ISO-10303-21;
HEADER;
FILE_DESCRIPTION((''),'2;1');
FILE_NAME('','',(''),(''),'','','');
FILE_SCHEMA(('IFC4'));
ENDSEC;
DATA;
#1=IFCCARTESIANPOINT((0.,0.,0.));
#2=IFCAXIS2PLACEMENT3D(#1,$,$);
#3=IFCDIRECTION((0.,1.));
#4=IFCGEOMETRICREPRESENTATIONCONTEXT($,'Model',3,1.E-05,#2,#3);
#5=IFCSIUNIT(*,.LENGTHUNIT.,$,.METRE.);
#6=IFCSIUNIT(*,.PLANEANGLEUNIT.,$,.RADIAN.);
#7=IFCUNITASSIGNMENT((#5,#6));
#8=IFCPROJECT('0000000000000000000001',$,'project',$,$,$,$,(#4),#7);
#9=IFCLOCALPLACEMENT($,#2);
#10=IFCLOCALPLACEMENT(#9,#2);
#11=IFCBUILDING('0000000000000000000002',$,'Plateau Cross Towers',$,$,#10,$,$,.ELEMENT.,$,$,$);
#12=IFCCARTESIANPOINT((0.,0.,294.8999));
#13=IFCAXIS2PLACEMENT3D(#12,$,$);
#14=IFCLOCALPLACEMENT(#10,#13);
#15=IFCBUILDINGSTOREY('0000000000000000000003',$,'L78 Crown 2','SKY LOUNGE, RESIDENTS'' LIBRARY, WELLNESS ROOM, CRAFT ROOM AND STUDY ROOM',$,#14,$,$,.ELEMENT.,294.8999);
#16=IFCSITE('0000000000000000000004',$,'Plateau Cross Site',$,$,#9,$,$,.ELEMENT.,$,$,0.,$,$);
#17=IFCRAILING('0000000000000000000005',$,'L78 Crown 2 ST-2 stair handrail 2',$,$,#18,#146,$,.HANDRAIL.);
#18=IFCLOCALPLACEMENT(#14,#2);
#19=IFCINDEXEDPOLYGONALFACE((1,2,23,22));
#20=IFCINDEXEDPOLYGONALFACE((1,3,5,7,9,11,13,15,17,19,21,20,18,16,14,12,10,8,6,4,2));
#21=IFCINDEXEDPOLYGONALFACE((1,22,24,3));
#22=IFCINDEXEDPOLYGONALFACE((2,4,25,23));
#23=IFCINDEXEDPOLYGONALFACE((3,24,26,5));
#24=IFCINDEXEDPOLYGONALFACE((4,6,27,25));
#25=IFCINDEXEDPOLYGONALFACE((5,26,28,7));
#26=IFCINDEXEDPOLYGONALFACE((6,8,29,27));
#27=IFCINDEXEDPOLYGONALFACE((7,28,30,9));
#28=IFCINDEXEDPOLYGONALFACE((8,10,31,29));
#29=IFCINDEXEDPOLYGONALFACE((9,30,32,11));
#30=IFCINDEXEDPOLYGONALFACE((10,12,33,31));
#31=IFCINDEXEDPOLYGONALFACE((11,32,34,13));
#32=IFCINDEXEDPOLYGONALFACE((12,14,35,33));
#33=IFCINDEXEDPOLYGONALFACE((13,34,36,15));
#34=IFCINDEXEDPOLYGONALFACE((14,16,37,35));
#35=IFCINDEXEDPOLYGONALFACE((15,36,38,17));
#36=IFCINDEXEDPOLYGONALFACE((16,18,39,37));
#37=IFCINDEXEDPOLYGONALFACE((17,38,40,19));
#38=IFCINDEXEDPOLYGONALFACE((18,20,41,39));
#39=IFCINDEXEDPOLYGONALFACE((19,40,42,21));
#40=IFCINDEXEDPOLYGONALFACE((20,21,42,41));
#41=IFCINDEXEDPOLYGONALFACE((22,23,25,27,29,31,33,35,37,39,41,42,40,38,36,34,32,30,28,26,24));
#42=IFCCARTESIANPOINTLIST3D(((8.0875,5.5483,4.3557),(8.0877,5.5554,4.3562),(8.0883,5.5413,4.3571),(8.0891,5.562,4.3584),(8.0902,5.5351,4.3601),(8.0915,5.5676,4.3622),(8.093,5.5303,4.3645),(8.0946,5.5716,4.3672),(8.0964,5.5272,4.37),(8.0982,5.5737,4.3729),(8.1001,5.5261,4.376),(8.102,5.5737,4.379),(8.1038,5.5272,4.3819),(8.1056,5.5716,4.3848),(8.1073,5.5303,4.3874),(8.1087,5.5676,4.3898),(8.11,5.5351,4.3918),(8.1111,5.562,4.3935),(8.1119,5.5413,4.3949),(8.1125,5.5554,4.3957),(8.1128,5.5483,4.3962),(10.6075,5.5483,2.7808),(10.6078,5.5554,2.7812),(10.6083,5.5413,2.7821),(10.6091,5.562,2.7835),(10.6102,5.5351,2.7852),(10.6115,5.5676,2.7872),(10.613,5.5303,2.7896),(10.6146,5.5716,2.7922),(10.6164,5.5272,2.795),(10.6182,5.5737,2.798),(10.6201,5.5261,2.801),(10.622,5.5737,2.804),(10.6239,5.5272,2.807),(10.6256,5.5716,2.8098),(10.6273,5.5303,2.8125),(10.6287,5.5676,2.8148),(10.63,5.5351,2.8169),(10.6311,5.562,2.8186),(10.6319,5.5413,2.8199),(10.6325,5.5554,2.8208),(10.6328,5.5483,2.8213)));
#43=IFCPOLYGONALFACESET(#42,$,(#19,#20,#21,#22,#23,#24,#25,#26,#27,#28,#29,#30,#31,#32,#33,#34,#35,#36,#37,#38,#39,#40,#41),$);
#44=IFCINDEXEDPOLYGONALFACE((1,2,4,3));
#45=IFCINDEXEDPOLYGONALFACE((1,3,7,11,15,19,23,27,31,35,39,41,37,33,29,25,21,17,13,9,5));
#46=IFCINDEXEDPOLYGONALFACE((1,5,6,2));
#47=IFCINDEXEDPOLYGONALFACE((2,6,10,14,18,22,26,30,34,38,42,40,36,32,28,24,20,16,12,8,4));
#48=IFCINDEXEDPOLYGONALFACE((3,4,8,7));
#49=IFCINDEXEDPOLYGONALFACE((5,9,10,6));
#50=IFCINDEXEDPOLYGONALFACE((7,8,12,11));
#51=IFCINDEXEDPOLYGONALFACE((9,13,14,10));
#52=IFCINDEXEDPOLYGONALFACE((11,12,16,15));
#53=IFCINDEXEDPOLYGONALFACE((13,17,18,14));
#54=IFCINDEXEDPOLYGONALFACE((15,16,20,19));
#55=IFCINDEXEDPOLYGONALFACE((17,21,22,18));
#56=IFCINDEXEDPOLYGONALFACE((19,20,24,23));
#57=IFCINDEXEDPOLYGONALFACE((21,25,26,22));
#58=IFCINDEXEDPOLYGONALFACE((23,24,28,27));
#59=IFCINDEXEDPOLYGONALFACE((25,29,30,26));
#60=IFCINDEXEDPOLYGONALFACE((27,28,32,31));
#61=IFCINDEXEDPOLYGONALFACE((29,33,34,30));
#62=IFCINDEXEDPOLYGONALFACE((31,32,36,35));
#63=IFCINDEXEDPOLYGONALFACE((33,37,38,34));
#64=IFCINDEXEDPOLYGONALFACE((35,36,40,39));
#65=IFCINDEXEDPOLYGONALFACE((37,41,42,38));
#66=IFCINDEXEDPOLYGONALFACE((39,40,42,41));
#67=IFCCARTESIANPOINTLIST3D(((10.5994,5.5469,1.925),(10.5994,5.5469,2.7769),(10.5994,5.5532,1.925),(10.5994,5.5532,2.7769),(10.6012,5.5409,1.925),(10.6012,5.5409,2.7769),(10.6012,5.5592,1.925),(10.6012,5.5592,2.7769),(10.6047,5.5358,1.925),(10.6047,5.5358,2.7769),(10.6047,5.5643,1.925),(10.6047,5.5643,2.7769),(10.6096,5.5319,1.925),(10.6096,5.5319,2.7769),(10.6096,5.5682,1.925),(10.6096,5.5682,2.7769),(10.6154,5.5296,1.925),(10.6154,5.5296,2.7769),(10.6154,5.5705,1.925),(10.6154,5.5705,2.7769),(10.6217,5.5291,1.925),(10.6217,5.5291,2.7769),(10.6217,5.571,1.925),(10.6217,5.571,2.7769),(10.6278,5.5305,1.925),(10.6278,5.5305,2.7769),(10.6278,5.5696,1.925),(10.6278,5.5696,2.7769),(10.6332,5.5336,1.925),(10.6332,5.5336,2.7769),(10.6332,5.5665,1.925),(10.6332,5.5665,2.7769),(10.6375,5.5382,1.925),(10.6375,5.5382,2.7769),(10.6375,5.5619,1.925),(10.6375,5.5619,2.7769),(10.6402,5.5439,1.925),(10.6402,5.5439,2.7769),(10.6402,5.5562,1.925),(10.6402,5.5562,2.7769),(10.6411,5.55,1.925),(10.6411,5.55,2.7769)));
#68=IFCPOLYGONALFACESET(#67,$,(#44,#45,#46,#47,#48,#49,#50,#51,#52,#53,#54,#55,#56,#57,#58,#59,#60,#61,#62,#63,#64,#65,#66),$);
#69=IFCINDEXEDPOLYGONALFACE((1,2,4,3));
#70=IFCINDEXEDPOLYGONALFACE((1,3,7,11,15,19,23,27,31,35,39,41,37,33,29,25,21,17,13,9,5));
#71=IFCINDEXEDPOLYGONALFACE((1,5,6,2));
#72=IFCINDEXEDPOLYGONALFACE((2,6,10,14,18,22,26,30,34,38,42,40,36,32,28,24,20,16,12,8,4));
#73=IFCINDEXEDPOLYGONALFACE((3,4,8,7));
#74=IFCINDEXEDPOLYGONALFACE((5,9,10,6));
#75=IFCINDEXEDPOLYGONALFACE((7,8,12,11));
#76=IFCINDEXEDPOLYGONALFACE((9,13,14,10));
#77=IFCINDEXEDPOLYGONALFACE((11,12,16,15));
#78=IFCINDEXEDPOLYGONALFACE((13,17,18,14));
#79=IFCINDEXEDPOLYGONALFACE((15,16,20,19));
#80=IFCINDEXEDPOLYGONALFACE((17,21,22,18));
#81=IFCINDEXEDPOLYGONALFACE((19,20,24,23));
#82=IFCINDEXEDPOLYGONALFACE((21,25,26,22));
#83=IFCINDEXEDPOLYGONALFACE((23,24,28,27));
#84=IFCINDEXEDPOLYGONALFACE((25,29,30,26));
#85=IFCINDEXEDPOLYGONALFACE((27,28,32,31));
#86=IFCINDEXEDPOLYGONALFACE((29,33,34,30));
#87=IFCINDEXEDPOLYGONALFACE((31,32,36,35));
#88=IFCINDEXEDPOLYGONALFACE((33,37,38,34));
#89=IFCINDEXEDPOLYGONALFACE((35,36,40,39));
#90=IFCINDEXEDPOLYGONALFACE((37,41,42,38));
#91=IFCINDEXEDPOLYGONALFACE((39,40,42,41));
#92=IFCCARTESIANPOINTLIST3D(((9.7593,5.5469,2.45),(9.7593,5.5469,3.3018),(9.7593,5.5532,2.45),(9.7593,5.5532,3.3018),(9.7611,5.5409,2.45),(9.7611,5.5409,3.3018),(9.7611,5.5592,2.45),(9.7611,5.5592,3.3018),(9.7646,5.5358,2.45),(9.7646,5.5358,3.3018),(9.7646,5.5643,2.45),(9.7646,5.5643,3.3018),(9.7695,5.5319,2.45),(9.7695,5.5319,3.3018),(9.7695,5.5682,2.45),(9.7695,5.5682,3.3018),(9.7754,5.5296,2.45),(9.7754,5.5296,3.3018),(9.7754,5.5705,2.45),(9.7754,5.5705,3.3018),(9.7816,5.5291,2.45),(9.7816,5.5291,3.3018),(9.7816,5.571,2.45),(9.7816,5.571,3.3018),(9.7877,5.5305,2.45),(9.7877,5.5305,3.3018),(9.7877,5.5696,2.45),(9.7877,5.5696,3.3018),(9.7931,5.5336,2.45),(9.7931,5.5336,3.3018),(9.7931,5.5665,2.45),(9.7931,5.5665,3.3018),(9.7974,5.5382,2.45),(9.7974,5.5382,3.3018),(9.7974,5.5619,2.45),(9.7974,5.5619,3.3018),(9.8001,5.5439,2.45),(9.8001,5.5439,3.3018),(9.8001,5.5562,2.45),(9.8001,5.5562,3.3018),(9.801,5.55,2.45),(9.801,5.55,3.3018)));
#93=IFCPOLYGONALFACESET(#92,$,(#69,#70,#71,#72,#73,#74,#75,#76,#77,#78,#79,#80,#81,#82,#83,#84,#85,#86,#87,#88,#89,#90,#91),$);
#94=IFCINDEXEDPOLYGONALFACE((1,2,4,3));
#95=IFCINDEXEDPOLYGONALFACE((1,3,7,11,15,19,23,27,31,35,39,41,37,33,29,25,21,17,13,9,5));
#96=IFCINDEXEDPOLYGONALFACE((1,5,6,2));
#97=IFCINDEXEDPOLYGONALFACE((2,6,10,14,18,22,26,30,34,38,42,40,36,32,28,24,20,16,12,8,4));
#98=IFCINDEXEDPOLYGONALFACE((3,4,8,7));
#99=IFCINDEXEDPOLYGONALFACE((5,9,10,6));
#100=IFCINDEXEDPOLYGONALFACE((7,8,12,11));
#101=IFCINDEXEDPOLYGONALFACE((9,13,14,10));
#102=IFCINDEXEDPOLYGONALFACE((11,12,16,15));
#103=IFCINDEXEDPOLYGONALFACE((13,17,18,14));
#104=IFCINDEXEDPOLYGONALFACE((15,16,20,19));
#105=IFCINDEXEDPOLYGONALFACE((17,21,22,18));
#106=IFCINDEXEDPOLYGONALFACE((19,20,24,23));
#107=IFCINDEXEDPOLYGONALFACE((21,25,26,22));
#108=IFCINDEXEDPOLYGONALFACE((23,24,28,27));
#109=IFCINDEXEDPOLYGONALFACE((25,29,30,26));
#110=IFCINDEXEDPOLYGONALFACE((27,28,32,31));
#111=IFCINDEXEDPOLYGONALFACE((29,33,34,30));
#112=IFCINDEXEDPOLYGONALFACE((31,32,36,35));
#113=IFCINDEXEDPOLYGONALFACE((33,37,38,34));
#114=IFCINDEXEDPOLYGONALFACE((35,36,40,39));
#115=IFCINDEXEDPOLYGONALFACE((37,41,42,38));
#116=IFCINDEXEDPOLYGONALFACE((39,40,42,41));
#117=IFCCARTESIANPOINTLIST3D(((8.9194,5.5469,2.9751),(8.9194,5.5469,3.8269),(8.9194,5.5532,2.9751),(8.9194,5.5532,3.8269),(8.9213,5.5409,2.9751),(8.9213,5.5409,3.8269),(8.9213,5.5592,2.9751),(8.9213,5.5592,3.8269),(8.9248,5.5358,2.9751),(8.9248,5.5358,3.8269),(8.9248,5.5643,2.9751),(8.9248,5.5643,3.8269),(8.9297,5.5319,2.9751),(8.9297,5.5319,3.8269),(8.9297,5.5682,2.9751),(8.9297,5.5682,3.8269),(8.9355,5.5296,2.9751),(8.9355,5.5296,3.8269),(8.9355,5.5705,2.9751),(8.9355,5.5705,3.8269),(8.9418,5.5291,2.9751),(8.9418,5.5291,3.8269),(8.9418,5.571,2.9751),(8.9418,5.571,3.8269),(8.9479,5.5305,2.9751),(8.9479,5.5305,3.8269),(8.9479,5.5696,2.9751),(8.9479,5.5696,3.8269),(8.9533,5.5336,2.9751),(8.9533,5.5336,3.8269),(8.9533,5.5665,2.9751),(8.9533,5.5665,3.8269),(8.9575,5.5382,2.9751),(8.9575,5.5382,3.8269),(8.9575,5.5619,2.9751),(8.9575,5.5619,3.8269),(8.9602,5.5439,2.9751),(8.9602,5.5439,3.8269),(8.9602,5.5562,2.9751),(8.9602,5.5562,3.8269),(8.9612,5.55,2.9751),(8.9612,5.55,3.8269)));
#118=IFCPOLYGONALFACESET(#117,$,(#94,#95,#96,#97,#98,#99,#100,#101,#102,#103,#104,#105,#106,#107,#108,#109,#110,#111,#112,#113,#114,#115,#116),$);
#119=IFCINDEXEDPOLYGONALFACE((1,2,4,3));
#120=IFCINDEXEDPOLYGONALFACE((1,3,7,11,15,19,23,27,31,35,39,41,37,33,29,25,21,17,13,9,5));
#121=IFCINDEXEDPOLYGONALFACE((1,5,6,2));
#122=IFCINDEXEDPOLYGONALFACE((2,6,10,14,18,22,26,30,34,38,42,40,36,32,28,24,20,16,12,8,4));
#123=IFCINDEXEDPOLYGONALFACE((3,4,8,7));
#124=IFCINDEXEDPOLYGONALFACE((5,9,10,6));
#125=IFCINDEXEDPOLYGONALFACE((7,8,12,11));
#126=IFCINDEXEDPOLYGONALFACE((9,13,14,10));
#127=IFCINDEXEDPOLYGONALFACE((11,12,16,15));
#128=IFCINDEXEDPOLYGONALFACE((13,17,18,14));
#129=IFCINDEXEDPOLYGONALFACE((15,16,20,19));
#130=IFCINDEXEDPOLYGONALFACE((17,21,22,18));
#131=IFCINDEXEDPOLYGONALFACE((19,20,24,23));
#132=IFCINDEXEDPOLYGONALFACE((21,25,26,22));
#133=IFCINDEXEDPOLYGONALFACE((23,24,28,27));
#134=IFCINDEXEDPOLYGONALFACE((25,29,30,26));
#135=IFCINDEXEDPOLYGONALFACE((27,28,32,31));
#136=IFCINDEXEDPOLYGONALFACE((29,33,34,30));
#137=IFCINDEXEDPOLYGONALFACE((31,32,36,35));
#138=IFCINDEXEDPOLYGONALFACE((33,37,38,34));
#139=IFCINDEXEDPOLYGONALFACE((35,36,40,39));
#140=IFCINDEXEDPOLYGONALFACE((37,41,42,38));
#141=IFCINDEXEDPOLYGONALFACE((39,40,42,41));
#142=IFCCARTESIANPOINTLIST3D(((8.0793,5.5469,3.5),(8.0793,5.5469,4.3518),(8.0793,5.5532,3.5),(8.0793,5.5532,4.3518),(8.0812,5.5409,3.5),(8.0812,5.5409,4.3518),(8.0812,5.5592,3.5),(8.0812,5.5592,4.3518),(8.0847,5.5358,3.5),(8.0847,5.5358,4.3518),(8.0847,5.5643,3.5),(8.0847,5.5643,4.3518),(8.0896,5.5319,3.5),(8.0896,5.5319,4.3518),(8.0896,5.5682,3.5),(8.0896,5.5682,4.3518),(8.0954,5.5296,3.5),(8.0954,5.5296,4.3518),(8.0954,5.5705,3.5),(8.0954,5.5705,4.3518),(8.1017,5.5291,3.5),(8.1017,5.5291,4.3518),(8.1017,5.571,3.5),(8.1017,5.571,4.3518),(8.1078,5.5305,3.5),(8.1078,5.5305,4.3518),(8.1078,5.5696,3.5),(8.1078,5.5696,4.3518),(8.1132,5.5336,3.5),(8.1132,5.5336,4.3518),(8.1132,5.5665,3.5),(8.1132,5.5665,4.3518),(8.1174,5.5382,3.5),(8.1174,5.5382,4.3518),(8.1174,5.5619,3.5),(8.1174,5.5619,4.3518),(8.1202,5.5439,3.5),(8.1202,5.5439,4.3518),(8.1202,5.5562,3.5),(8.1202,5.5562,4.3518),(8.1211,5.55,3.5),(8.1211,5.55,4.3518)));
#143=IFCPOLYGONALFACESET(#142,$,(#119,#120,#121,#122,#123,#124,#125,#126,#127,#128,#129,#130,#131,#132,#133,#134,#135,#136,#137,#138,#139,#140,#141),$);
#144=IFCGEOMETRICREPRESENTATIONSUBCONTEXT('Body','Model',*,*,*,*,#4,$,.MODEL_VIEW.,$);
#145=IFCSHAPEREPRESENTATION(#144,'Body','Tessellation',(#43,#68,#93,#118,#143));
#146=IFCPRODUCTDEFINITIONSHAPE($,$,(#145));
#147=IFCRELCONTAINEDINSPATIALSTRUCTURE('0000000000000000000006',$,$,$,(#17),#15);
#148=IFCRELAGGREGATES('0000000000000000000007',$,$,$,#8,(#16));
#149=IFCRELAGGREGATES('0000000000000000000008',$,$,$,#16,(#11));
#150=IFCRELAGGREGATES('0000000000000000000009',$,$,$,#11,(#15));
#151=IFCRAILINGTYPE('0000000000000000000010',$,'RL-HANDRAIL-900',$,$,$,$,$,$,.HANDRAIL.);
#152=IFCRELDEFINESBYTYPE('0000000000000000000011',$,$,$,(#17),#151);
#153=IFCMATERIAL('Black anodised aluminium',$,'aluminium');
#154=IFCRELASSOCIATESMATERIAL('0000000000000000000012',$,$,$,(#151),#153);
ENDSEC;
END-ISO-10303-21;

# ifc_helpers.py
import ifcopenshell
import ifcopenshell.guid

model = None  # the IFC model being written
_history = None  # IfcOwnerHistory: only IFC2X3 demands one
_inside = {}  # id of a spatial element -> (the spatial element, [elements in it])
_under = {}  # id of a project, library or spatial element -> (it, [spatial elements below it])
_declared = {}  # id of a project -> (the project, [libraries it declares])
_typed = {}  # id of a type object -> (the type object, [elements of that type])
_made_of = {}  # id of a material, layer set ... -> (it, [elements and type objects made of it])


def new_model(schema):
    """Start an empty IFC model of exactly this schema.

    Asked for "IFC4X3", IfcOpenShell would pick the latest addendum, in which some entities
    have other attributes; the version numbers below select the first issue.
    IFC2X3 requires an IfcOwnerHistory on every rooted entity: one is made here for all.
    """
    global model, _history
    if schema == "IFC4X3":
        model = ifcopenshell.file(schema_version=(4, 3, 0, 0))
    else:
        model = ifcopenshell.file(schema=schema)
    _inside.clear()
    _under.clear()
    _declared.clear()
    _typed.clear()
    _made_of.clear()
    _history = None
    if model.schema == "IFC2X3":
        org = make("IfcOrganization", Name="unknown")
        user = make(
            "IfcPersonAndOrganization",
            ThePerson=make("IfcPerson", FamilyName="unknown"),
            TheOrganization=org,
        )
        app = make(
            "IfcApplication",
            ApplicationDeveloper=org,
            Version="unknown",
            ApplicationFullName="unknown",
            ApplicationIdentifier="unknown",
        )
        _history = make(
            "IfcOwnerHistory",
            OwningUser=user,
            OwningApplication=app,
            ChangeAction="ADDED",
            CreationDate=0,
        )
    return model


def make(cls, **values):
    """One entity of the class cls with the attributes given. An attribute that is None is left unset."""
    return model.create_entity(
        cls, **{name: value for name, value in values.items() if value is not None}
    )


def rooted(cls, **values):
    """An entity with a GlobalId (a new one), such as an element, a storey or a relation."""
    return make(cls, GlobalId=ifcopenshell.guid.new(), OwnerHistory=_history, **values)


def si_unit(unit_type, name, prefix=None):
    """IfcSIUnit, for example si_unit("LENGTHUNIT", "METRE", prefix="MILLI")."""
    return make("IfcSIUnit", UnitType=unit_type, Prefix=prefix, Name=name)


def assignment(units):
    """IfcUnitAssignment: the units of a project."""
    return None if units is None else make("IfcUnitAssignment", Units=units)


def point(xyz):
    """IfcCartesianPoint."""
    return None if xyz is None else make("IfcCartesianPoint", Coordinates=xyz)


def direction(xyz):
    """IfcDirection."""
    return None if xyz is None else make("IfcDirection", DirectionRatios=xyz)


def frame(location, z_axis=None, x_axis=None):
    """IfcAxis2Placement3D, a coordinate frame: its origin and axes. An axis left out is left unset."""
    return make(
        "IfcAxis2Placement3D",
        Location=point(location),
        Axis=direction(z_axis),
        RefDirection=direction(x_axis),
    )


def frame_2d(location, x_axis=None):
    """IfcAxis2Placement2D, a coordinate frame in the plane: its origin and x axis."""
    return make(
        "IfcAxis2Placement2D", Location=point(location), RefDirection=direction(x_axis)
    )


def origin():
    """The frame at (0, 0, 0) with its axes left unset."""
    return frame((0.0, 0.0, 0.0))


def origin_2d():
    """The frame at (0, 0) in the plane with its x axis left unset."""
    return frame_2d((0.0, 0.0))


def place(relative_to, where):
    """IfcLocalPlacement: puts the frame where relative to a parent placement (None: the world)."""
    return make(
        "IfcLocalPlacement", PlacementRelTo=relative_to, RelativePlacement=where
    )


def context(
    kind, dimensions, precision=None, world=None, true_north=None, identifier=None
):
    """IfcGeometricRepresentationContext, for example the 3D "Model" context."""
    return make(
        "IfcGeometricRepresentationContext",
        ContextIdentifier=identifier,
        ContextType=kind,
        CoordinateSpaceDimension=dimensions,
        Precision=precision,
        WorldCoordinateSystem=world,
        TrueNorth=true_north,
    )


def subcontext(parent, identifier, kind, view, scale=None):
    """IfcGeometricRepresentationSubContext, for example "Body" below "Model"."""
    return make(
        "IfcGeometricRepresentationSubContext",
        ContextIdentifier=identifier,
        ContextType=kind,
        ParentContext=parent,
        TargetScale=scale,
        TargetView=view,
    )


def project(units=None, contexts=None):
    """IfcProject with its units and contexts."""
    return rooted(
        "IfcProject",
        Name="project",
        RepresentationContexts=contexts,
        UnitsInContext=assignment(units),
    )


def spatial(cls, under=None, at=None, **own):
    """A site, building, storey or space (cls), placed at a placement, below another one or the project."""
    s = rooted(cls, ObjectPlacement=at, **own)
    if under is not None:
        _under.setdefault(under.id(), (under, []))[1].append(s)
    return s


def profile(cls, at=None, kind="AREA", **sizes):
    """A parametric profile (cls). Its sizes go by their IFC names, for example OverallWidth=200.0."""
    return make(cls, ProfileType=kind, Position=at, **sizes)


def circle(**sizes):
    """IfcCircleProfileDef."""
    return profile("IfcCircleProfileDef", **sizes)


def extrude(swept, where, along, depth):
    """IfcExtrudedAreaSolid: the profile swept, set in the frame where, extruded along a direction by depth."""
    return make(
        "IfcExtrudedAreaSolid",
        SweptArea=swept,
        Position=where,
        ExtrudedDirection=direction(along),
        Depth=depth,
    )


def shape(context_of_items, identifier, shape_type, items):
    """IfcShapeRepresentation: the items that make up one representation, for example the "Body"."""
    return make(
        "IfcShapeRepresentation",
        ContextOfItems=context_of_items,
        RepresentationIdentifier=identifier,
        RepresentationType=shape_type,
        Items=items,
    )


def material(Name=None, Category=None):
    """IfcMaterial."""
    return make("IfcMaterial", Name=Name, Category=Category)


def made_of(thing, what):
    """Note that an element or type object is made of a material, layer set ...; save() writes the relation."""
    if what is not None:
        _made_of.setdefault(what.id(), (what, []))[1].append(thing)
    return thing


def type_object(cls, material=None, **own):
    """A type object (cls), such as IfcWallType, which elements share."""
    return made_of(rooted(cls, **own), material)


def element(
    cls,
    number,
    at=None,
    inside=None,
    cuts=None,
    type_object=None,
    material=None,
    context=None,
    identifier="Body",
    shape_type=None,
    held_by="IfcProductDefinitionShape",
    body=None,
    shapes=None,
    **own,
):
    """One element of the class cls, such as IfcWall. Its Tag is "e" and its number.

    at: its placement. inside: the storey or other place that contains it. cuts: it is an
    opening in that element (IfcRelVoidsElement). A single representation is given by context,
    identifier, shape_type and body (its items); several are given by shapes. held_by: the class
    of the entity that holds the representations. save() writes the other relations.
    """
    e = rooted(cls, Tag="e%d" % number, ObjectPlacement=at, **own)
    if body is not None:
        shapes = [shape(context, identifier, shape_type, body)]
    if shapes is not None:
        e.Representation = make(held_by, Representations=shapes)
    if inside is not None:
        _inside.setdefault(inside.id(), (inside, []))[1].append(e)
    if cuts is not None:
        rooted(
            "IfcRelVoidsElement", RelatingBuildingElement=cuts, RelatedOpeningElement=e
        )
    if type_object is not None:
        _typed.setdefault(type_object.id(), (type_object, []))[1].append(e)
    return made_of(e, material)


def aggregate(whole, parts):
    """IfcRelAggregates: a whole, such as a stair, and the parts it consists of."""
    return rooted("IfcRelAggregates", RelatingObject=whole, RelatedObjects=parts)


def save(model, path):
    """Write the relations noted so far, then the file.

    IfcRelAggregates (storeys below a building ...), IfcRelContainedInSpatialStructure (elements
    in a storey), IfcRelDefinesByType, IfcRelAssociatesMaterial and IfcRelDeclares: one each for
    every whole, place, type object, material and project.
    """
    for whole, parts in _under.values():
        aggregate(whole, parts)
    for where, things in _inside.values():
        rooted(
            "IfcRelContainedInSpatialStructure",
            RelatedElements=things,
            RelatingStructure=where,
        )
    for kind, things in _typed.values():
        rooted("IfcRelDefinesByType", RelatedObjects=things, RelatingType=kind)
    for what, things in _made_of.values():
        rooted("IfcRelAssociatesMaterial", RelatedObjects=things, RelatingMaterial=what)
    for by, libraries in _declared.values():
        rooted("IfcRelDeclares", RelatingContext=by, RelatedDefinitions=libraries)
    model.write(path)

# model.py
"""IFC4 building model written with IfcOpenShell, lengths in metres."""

from ifc_helpers import new_model, si_unit, direction, frame, origin, origin_2d, place, context, subcontext, project, spatial, circle, extrude, material, type_object, element, save


model = new_model("IFC4")

# Units and contexts
model_context = context("Model", 3, precision=1e-05, world=origin(), true_north=direction((0.0, 1.0)))
body_context = subcontext(model_context, "Body", "Model", "MODEL_VIEW")
ifc_project = project(units=[si_unit("LENGTHUNIT", "METRE"), si_unit("PLANEANGLEUNIT", "RADIAN")], contexts=[model_context])

# Site, building, storey
site_placement = place(None, origin())
site = spatial("IfcSite", under=ifc_project, at=site_placement, Name="Plateau Cross Site", CompositionType="ELEMENT", RefElevation=0.0)
building_placement = place(site_placement, origin())
building = spatial("IfcBuilding", under=site, at=building_placement, Name="Plateau Cross Towers", CompositionType="ELEMENT")
storey_placement = place(building_placement, frame((0.0, 0.0, 294.8999)))
storey = spatial("IfcBuildingStorey", under=building, at=storey_placement, Name="L78 Crown 2", Description="SKY LOUNGE, RESIDENTS' LIBRARY, WELLNESS ROOM, CRAFT ROOM AND STUDY ROOM", CompositionType="ELEMENT", Elevation=294.8999)

# Shared definitions
ifc_material_1 = material(Name="Black anodised aluminium", Category="aluminium")

# Railing
railing_type_1 = type_object("IfcRailingType", Name="RL-HANDRAIL-900", PredefinedType="HANDRAIL", material=ifc_material_1)
railing_1_placement = place(storey_placement, frame((10.6201, 5.55, 1.925)))
element("IfcRailing", 1, at=railing_1_placement, inside=storey, type_object=railing_type_1, Name="L78 Crown 2 ST-2 stair handrail 2", PredefinedType="HANDRAIL", context=body_context, shape_type="SweptSolid", body=[
    extrude(circle(Radius=0.0239, at=origin_2d()), frame((0.0, 0.0, 0.876), z_axis=(-0.848008, 0.0, 0.529984), x_axis=(0.0, -1.0, 0.0)), (0.0, 0.0, 1.0), 2.9717),
    extrude(circle(Radius=0.021, at=origin_2d()), origin(), (0.0, 0.0, 1.0), 0.8518),
    extrude(circle(Radius=0.021, at=origin_2d()), frame((-0.8401, 0.0, 0.5249)), (0.0, 0.0, 1.0), 0.8518),
    extrude(circle(Radius=0.021, at=origin_2d()), frame((-1.6799, 0.0, 1.05)), (0.0, 0.0, 1.0), 0.8518),
    extrude(circle(Radius=0.021, at=origin_2d()), frame((-2.52, 0.0, 1.575)), (0.0, 0.0, 1.0), 0.8518),
])

save(model, "model.ifc")
